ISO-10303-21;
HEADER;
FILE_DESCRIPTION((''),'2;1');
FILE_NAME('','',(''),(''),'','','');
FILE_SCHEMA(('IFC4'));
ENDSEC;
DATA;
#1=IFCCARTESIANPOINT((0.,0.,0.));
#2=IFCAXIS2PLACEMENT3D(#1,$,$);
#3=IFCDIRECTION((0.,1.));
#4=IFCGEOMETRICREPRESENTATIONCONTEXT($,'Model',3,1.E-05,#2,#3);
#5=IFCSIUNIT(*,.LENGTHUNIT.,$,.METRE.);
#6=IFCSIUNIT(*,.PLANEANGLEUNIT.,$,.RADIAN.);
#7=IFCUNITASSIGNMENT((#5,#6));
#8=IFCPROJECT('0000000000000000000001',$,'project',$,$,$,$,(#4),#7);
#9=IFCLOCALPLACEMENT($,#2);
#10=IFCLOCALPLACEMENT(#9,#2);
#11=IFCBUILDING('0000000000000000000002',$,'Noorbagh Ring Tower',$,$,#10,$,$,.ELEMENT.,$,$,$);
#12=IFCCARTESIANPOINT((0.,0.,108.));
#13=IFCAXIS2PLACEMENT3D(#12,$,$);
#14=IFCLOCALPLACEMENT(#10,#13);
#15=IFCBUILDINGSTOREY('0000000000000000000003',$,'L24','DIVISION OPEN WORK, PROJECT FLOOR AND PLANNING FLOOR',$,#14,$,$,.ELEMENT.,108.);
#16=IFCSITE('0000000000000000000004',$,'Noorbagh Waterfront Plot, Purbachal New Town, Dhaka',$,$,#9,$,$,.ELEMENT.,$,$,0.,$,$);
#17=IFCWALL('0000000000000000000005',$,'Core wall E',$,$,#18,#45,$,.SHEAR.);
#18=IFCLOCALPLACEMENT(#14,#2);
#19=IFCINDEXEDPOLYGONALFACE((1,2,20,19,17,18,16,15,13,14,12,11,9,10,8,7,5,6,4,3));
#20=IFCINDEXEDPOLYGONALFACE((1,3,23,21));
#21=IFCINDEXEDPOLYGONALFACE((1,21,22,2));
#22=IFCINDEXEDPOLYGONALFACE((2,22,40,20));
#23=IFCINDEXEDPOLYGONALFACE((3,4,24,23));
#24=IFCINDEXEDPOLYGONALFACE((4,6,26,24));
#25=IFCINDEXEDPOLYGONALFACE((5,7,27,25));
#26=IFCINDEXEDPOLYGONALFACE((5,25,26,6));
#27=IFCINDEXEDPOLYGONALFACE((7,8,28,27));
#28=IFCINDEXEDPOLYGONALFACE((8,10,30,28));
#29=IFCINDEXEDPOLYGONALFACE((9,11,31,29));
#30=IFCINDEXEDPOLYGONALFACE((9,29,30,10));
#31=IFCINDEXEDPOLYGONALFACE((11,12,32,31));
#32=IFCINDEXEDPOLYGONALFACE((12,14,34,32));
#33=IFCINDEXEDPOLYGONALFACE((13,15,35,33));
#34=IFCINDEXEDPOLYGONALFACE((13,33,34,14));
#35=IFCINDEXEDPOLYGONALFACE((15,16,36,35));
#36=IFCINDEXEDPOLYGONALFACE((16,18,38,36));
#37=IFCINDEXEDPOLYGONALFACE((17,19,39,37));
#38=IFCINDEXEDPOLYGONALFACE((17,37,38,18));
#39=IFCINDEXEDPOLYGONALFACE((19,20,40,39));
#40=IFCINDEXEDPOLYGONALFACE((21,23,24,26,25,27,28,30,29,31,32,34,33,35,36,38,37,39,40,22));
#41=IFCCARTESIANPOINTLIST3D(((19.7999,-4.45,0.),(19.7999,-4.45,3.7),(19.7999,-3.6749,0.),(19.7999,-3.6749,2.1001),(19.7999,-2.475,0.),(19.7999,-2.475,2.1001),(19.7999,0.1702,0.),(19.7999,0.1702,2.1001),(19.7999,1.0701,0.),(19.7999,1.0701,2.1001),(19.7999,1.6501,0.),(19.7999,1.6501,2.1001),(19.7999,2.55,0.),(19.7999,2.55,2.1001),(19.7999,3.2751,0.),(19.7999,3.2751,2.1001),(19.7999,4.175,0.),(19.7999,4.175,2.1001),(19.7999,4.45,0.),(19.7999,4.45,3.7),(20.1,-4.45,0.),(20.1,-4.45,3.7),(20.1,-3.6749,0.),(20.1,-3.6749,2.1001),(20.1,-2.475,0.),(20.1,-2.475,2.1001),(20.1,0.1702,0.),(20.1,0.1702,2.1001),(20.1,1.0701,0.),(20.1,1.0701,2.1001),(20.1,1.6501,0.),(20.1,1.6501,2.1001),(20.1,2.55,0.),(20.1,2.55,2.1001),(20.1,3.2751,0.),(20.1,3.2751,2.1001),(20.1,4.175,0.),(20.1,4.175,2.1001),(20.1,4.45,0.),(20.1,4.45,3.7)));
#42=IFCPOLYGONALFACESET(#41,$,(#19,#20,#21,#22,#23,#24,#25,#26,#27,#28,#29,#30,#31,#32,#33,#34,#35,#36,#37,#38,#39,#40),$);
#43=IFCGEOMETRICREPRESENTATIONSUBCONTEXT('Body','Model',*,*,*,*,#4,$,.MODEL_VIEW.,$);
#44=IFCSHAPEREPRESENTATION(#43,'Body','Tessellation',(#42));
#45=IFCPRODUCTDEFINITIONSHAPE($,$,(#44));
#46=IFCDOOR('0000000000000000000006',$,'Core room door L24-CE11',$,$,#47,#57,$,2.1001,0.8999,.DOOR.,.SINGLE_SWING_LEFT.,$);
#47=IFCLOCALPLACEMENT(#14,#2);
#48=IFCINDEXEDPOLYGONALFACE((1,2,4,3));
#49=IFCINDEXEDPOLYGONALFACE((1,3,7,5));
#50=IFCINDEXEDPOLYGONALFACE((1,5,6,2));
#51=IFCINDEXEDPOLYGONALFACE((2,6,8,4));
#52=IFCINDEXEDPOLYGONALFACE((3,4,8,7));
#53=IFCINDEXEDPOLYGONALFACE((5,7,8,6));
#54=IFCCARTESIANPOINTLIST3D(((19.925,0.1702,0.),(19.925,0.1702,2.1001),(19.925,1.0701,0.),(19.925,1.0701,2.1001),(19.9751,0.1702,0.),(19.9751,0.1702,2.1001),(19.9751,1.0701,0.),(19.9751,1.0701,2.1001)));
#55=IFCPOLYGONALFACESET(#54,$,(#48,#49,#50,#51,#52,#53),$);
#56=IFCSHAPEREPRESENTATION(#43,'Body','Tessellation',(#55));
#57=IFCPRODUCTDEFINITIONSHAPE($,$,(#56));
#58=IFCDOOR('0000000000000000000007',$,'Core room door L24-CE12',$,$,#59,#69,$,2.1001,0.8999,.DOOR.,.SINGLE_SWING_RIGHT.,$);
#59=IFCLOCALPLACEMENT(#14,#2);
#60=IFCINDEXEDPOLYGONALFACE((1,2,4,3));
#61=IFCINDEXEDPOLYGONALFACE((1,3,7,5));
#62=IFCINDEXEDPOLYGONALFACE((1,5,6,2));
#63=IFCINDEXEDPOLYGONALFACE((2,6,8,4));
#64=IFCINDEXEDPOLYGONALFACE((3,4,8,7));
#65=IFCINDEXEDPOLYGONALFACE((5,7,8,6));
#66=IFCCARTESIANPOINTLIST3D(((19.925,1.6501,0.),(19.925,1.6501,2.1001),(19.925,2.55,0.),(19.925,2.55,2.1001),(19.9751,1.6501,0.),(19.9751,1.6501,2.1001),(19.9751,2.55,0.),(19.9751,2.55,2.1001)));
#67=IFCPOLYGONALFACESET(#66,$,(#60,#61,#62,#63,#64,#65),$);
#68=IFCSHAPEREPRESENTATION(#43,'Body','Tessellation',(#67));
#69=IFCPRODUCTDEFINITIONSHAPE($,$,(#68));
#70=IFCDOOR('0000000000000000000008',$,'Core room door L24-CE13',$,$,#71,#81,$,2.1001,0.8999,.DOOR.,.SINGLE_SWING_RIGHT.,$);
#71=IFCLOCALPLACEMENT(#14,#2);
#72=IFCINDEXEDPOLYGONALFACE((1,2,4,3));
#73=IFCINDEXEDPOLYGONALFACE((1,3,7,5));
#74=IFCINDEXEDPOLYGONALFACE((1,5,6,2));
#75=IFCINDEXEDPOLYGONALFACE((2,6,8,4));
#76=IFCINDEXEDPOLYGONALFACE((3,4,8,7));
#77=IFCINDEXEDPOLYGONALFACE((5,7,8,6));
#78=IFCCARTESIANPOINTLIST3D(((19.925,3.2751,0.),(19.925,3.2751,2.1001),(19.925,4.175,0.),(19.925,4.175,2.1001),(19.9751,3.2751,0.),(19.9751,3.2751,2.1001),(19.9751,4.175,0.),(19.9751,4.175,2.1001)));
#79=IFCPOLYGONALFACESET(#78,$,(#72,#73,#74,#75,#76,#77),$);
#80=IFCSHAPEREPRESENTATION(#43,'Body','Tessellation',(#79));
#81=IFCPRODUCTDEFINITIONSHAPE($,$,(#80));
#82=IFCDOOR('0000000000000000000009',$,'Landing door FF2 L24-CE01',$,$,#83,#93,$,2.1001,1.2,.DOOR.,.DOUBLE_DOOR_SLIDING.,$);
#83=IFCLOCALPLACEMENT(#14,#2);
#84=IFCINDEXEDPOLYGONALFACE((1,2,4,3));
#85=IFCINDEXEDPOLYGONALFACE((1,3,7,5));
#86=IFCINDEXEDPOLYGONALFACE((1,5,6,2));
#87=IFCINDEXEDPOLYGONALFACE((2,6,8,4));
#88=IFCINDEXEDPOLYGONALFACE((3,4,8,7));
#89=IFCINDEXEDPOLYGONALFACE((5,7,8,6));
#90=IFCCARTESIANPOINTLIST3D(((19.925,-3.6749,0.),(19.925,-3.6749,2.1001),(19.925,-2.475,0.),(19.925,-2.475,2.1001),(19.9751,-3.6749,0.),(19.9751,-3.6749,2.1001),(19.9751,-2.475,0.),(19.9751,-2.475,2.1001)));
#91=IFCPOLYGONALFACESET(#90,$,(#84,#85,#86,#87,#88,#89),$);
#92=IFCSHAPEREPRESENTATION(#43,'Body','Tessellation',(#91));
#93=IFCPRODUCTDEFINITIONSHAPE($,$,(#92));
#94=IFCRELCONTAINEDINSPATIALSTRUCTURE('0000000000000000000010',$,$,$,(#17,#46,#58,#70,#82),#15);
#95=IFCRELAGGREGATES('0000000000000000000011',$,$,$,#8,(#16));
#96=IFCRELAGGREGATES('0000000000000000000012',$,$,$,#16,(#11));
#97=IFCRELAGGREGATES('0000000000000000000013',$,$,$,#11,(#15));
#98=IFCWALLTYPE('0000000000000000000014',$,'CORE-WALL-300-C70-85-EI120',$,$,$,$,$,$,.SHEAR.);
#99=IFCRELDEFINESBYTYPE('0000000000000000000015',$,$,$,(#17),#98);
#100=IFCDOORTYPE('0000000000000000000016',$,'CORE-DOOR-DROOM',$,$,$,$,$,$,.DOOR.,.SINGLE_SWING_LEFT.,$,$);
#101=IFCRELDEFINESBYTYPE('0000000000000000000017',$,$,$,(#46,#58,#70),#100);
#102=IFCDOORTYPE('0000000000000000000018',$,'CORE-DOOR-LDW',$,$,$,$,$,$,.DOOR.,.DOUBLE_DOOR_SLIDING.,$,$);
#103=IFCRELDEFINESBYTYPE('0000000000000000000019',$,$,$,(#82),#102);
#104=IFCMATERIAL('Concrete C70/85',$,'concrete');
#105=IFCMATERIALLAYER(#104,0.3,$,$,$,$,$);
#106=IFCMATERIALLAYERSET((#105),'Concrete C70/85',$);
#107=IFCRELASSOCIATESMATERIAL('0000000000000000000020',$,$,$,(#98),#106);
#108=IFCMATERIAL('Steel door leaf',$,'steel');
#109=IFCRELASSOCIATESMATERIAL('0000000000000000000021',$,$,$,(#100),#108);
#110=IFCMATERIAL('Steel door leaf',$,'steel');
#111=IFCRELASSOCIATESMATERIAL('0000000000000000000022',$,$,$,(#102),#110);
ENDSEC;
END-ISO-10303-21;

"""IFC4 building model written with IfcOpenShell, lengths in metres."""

from ifc_helpers import new_model, si_unit, direction, frame, frame_2d, origin, place, context, subcontext, project, spatial, rectangle, extrude, material, layer, layer_set, type_object, element, fill, save


model = new_model("IFC4")

# Units and contexts
model_context = context("Model", 3, precision=1e-05, world=origin(), true_north=direction((0.0, 1.0)))
body_context = subcontext(model_context, "Body", "Model", "MODEL_VIEW")
ifc_project = project(units=[si_unit("LENGTHUNIT", "METRE"), si_unit("PLANEANGLEUNIT", "RADIAN")], contexts=[model_context])

# Site, building, storey
site_placement = place(None, origin())
site = spatial("IfcSite", under=ifc_project, at=site_placement, Name="Noorbagh Waterfront Plot, Purbachal New Town, Dhaka", CompositionType="ELEMENT", RefElevation=0.0)
building_placement = place(site_placement, origin())
building = spatial("IfcBuilding", under=site, at=building_placement, Name="Noorbagh Ring Tower", CompositionType="ELEMENT")
storey_placement = place(building_placement, frame((0.0, 0.0, 108.0)))
storey = spatial("IfcBuildingStorey", under=building, at=storey_placement, Name="L24", Description="DIVISION OPEN WORK, PROJECT FLOOR AND PLANNING FLOOR", CompositionType="ELEMENT", Elevation=108.0)

# Shared definitions
ifc_material_1 = material(Name="Concrete C70/85", Category="concrete")
ifc_layer_1 = layer(ifc_material_1, 0.3)
ifc_layer_set_1 = layer_set([ifc_layer_1], Name="Concrete C70/85")
wall_type_1 = type_object("IfcWallType", Name="CORE-WALL-300-C70-85-EI120", PredefinedType="SHEAR", material=ifc_layer_set_1)

# Wall, openings, doors
wall_1_placement = place(storey_placement, frame((19.95, -4.45, 0.0), z_axis=(0.0, 0.0, 1.0), x_axis=(0.0, 1.0, 0.0)))
wall_1 = element("IfcWall", 1, at=wall_1_placement, inside=storey, type_object=wall_type_1, Name="Core wall E", PredefinedType="SHEAR", context=body_context, shape_type="SweptSolid", body=[
    extrude(rectangle(XDim=8.8999, YDim=0.3, at=frame_2d((4.45, 0.0))), origin(), (0.0, 0.0, 1.0), 3.7),
])
opening_1_placement = place(wall_1_placement, frame((0.7749, 0.0, 0.0)))
opening_1 = element("IfcOpeningElement", 2, at=opening_1_placement, cuts=wall_1, PredefinedType="OPENING", context=body_context, shape_type="SweptSolid", body=[
    extrude(rectangle(XDim=1.2, YDim=2.1001, at=frame_2d((0.6001, 1.05))), frame((0.0, 0.1602, 0.0), z_axis=(0.0, -1.0, 0.0), x_axis=(1.0, 0.0, 0.0)), (0.0, 0.0, 1.0), 0.3201),
])
opening_2_placement = place(wall_1_placement, frame((4.6201, 0.0, 0.0)))
opening_2 = element("IfcOpeningElement", 3, at=opening_2_placement, cuts=wall_1, PredefinedType="OPENING", context=body_context, shape_type="SweptSolid", body=[
    extrude(rectangle(XDim=0.8999, YDim=2.1001, at=frame_2d((0.45, 1.05))), frame((0.0, 0.1602, 0.0), z_axis=(0.0, -1.0, 0.0), x_axis=(1.0, 0.0, 0.0)), (0.0, 0.0, 1.0), 0.3201),
])
opening_3_placement = place(wall_1_placement, frame((6.1001, 0.0, 0.0)))
opening_3 = element("IfcOpeningElement", 4, at=opening_3_placement, cuts=wall_1, PredefinedType="OPENING", context=body_context, shape_type="SweptSolid", body=[
    extrude(rectangle(XDim=0.8999, YDim=2.1001, at=frame_2d((0.45, 1.05))), frame((0.0, 0.1602, 0.0), z_axis=(0.0, -1.0, 0.0), x_axis=(1.0, 0.0, 0.0)), (0.0, 0.0, 1.0), 0.3201),
])
opening_4_placement = place(wall_1_placement, frame((7.7251, 0.0, 0.0)))
opening_4 = element("IfcOpeningElement", 5, at=opening_4_placement, cuts=wall_1, PredefinedType="OPENING", context=body_context, shape_type="SweptSolid", body=[
    extrude(rectangle(XDim=0.8999, YDim=2.1001, at=frame_2d((0.45, 1.05))), frame((0.0, 0.1602, 0.0), z_axis=(0.0, -1.0, 0.0), x_axis=(1.0, 0.0, 0.0)), (0.0, 0.0, 1.0), 0.3201),
])
ifc_material_2 = material(Name="Steel door leaf", Category="steel")
door_type_1 = type_object("IfcDoorType", Name="CORE-DOOR-DROOM", OperationType="SINGLE_SWING_LEFT", PredefinedType="DOOR", material=ifc_material_2)
door_1_placement = place(opening_2_placement, origin())
door_1 = element("IfcDoor", 6, at=door_1_placement, inside=storey, type_object=door_type_1, Name="Core room door L24-CE11", OperationType="SINGLE_SWING_LEFT", OverallHeight=2.1001, OverallWidth=0.8999, PredefinedType="DOOR", context=body_context, shape_type="SweptSolid", body=[
    extrude(rectangle(XDim=0.8999, YDim=2.1001, at=frame_2d((0.45, 1.05))), frame((0.0, 0.0249, 0.0), z_axis=(0.0, -1.0, 0.0), x_axis=(1.0, 0.0, 0.0)), (0.0, 0.0, 1.0), 0.05),
])
fill(opening_2, door_1)
door_2_placement = place(opening_3_placement, origin())
door_2 = element("IfcDoor", 7, at=door_2_placement, inside=storey, type_object=door_type_1, Name="Core room door L24-CE12", OperationType="SINGLE_SWING_RIGHT", OverallHeight=2.1001, OverallWidth=0.8999, PredefinedType="DOOR", context=body_context, shape_type="SweptSolid", body=[
    extrude(rectangle(XDim=0.8999, YDim=2.1001, at=frame_2d((0.45, 1.05))), frame((0.0, 0.0249, 0.0), z_axis=(0.0, -1.0, 0.0), x_axis=(1.0, 0.0, 0.0)), (0.0, 0.0, 1.0), 0.05),
])
fill(opening_3, door_2)
door_3_placement = place(opening_4_placement, origin())
door_3 = element("IfcDoor", 8, at=door_3_placement, inside=storey, type_object=door_type_1, Name="Core room door L24-CE13", OperationType="SINGLE_SWING_RIGHT", OverallHeight=2.1001, OverallWidth=0.8999, PredefinedType="DOOR", context=body_context, shape_type="SweptSolid", body=[
    extrude(rectangle(XDim=0.8999, YDim=2.1001, at=frame_2d((0.45, 1.05))), frame((0.0, 0.0249, 0.0), z_axis=(0.0, -1.0, 0.0), x_axis=(1.0, 0.0, 0.0)), (0.0, 0.0, 1.0), 0.05),
])
fill(opening_4, door_3)
ifc_material_3 = material(Name="Steel door leaf", Category="steel")
door_type_2 = type_object("IfcDoorType", Name="CORE-DOOR-LDW", OperationType="DOUBLE_DOOR_SLIDING", PredefinedType="DOOR", material=ifc_material_3)
door_4_placement = place(opening_1_placement, origin())
door_4 = element("IfcDoor", 9, at=door_4_placement, inside=storey, type_object=door_type_2, Name="Landing door FF2 L24-CE01", OperationType="DOUBLE_DOOR_SLIDING", OverallHeight=2.1001, OverallWidth=1.2, PredefinedType="DOOR", context=body_context, shape_type="SweptSolid", body=[
    extrude(rectangle(XDim=1.2, YDim=2.1001, at=frame_2d((0.6001, 1.05))), frame((0.0, 0.0249, 0.0), z_axis=(0.0, -1.0, 0.0), x_axis=(1.0, 0.0, 0.0)), (0.0, 0.0, 1.0), 0.05),
])
fill(opening_1, door_4)

save(model, "model.ifc")
